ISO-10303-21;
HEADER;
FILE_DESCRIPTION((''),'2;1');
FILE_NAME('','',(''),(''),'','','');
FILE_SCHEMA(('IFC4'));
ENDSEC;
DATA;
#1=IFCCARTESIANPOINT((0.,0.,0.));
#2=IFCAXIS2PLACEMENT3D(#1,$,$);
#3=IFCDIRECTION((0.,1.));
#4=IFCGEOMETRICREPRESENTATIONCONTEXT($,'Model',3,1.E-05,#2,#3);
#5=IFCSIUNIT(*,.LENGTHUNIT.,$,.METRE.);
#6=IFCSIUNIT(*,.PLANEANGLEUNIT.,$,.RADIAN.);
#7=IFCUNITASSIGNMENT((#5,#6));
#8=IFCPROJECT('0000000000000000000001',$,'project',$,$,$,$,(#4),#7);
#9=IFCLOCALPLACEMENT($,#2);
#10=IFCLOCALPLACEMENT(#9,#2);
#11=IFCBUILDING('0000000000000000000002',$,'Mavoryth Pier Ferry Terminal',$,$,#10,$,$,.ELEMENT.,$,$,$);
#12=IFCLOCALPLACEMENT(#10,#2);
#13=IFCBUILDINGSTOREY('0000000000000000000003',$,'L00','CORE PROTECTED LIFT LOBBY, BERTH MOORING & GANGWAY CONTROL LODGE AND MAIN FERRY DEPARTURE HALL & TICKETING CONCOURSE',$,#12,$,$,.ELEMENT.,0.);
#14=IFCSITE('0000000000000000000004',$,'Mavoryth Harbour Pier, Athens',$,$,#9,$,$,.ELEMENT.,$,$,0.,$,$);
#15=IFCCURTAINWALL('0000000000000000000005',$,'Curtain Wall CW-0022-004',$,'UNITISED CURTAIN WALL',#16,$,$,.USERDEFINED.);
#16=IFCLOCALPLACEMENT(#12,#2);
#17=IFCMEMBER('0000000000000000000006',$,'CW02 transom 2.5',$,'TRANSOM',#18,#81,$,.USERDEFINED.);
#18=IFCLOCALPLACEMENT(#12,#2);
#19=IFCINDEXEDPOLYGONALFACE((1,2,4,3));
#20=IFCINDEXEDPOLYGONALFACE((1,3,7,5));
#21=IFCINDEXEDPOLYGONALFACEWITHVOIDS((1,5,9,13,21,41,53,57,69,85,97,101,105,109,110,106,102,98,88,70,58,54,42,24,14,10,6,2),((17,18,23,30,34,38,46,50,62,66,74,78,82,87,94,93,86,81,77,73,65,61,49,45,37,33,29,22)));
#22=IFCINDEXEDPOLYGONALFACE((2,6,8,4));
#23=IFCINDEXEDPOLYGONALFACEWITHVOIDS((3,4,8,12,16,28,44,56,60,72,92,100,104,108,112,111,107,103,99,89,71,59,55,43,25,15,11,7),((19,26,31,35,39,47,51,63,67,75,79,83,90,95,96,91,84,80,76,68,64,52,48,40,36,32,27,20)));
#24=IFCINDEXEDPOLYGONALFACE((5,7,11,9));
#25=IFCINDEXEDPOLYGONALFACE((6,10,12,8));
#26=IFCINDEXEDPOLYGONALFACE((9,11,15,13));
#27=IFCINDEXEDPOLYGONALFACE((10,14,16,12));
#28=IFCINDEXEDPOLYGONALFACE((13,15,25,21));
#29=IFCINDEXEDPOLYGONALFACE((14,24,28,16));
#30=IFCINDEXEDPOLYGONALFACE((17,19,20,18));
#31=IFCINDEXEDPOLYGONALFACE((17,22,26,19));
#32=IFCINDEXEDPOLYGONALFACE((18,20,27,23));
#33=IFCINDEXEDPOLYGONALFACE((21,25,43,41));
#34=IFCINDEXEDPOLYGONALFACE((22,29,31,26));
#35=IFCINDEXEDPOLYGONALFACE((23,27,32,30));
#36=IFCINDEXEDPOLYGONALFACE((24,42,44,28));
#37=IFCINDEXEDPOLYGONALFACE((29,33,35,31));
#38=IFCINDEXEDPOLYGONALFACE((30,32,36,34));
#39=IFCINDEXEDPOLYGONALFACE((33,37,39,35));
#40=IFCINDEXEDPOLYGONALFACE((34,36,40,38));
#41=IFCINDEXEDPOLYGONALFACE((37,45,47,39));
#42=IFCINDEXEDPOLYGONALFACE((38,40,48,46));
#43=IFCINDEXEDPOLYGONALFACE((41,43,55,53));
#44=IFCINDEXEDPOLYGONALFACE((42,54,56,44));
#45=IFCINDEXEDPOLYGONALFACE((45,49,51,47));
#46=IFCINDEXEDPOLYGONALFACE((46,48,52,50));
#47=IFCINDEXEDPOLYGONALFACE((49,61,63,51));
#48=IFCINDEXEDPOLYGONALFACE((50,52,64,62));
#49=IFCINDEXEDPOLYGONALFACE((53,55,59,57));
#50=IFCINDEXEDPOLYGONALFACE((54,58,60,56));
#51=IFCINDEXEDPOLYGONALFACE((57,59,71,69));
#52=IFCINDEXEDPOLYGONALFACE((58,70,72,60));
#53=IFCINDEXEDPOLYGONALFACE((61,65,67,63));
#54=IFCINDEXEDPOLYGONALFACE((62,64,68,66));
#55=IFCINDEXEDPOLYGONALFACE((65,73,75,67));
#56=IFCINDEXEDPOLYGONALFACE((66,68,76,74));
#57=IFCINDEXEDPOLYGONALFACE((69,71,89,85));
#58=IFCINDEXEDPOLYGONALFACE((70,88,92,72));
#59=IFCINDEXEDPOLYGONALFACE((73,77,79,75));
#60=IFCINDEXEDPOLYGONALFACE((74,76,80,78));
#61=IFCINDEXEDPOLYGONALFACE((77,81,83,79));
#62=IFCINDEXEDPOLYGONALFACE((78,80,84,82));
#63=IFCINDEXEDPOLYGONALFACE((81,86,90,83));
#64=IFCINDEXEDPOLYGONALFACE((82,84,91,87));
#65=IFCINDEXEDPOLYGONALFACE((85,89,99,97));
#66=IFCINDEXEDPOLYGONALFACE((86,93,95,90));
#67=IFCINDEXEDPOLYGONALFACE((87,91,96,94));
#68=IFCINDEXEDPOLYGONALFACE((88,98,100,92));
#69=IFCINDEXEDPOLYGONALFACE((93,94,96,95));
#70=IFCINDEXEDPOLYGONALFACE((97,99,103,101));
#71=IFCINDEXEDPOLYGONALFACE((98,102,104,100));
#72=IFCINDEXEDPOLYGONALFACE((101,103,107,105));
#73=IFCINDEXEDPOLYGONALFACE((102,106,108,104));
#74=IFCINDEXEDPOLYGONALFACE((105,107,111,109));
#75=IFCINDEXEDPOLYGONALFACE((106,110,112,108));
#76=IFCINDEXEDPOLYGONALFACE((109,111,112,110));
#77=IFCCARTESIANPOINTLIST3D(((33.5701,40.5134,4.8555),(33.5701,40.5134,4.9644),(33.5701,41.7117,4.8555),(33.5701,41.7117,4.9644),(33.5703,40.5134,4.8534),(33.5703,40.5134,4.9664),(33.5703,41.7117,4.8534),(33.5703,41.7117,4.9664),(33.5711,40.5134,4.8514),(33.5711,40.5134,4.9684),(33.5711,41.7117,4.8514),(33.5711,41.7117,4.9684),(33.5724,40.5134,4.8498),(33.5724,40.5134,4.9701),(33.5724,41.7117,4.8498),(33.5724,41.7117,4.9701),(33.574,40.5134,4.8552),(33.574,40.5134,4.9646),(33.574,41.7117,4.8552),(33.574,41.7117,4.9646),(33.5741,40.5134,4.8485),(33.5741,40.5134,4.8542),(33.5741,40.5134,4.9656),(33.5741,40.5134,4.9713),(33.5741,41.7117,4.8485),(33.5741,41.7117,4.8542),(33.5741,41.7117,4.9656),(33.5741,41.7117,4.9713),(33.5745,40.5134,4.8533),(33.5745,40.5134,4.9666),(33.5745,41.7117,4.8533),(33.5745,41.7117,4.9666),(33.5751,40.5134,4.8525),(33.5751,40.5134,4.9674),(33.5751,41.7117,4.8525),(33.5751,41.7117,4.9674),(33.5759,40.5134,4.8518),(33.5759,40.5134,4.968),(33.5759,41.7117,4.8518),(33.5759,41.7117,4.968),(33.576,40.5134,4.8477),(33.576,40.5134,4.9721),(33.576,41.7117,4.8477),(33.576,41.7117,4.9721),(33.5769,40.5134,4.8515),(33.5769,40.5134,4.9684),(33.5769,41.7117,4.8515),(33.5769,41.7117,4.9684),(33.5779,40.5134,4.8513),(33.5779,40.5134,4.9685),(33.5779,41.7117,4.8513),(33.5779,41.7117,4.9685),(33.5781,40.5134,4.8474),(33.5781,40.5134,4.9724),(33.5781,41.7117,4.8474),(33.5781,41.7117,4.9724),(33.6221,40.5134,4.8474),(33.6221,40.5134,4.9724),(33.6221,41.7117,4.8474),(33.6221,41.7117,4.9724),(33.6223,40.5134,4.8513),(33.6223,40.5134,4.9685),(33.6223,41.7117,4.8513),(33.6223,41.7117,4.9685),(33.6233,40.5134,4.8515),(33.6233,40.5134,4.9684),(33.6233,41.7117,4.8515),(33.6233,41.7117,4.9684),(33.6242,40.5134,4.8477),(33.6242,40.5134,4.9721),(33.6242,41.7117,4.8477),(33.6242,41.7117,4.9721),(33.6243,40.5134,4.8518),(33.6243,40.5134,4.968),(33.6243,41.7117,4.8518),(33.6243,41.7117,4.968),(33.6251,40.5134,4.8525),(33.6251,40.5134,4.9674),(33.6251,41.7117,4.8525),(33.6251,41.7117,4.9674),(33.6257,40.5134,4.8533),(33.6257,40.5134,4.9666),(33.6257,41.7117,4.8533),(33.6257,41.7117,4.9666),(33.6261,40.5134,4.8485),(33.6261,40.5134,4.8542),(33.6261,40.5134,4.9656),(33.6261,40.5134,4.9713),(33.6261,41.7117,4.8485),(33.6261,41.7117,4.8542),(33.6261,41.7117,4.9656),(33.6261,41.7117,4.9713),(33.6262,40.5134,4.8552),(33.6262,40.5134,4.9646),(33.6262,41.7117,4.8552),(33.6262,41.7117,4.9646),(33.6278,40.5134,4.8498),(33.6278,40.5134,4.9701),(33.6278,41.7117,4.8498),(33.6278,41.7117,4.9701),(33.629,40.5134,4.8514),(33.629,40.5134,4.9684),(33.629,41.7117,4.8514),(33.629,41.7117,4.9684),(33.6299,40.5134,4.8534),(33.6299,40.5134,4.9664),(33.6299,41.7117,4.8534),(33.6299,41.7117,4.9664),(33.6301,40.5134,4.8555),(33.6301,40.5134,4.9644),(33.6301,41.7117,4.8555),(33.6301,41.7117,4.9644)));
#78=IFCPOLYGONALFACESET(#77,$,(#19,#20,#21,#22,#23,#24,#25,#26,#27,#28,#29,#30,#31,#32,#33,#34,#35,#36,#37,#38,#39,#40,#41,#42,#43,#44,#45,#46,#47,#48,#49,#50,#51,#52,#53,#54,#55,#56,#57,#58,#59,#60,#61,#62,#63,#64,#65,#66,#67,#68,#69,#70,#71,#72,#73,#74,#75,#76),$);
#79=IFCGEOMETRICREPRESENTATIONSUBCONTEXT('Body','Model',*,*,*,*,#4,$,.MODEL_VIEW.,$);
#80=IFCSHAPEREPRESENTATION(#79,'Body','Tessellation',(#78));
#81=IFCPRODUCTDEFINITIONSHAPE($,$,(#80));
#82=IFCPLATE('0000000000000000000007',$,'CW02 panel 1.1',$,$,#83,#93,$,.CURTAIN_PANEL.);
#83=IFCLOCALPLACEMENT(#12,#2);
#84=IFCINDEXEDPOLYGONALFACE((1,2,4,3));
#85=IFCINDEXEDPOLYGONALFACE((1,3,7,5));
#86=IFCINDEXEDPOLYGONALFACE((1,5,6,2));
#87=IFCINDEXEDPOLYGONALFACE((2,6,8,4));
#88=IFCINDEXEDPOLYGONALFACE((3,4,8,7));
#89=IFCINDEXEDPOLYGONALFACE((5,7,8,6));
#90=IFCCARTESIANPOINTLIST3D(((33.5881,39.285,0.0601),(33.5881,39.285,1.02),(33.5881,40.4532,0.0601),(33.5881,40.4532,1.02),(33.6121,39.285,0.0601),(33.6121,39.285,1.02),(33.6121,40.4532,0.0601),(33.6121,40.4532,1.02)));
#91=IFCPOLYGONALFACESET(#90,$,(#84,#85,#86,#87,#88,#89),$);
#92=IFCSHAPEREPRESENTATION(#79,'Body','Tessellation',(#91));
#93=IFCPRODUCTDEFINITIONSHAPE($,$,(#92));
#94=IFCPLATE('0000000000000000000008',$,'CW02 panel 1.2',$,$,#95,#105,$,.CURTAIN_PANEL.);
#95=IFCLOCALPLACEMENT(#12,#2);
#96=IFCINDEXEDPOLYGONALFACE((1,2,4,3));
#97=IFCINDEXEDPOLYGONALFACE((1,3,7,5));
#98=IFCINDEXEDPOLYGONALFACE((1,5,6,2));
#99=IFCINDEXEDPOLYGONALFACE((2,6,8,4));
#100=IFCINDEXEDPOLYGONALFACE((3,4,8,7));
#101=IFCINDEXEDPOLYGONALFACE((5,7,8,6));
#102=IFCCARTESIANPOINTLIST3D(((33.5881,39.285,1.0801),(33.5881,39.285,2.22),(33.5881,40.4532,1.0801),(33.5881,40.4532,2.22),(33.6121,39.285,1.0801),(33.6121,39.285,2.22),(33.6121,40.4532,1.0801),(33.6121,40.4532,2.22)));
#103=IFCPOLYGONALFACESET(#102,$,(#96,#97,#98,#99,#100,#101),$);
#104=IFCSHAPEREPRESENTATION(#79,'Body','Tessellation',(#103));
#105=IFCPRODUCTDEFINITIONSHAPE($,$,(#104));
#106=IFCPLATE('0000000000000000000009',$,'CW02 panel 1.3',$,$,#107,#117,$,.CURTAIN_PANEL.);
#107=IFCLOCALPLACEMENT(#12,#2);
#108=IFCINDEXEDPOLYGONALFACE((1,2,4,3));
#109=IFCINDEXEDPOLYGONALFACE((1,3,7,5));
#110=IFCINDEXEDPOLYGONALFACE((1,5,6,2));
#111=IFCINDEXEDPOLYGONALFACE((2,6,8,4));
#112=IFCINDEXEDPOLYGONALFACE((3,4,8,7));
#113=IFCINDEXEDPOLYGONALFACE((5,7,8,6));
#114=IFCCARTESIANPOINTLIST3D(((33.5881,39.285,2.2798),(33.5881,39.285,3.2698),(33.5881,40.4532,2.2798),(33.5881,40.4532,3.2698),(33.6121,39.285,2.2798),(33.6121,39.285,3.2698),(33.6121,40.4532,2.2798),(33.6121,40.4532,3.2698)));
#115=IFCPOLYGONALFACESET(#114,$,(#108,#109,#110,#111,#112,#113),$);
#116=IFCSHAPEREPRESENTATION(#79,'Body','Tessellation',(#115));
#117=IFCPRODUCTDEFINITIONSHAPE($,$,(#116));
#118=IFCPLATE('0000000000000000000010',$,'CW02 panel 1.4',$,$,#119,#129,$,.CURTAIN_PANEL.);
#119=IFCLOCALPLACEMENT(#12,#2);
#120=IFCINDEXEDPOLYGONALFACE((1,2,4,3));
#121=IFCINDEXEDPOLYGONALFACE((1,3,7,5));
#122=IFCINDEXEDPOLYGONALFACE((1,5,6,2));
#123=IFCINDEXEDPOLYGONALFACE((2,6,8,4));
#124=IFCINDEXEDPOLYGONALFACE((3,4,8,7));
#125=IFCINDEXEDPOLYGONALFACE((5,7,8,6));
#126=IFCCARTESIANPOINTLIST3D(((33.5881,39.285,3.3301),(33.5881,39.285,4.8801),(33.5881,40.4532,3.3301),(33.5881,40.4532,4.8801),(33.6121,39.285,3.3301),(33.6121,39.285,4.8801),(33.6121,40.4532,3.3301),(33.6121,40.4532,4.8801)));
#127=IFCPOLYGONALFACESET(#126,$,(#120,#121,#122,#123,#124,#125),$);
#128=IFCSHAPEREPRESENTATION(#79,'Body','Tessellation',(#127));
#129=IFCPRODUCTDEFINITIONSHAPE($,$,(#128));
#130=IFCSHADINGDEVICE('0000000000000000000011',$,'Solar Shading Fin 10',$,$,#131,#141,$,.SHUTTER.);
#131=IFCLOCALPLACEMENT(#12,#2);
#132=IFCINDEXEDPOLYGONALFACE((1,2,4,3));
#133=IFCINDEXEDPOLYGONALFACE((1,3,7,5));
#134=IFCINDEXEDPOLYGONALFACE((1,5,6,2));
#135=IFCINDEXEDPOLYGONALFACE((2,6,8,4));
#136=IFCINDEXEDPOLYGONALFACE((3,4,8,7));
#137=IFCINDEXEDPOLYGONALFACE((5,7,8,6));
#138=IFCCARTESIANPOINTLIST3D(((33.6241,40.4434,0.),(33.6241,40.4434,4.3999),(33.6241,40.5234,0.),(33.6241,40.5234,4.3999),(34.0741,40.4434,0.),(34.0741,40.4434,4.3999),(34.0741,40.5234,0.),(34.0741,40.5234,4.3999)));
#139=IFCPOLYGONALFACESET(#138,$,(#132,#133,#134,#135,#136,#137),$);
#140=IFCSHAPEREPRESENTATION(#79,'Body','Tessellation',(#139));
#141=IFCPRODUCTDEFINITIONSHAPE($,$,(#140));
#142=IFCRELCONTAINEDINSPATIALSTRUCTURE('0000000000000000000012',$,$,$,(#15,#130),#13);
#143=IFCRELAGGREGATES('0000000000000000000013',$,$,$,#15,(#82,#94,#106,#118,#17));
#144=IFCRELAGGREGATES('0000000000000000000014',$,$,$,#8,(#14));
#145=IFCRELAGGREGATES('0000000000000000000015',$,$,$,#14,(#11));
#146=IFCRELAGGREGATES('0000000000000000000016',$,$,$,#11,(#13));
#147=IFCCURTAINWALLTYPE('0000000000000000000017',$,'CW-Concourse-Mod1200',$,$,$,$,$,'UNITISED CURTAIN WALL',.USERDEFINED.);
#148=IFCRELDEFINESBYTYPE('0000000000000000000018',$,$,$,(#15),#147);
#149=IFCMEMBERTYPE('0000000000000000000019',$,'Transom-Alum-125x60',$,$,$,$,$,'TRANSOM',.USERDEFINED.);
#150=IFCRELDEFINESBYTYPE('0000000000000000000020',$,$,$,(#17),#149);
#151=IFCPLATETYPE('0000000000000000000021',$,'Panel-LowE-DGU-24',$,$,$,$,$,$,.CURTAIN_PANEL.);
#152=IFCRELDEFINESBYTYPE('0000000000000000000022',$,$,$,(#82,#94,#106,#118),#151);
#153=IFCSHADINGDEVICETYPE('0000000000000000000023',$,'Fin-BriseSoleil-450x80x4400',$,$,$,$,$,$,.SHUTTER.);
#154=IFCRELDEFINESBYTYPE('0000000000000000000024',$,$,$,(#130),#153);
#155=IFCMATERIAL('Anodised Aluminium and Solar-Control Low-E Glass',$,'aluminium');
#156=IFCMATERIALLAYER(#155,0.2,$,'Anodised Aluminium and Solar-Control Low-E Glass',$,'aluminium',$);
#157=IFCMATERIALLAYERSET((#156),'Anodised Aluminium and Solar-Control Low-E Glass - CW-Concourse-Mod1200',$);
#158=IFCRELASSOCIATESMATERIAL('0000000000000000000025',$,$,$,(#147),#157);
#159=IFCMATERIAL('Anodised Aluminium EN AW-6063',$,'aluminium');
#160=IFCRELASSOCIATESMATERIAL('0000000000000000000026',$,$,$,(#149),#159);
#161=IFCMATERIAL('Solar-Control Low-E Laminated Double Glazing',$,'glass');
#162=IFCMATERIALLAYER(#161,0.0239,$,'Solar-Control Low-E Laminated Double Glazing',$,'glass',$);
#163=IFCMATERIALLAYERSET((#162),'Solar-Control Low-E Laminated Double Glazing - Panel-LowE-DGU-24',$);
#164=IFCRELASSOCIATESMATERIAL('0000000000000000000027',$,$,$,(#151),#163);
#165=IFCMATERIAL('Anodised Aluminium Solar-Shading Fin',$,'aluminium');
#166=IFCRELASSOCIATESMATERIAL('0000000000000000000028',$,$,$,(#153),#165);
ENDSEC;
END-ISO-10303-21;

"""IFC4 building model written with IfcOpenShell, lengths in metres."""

from ifc_helpers import new_model, si_unit, direction, frame, origin, origin_2d, place, context, subcontext, project, spatial, rectangle, hollow_rectangle, extrude, material, layer, layer_set, material_profile, profile_set, type_object, element, aggregate, save


model = new_model("IFC4")

# Units and contexts
model_context = context("Model", 3, precision=1e-05, world=origin(), true_north=direction((0.0, 1.0)))
body_context = subcontext(model_context, "Body", "Model", "MODEL_VIEW")
ifc_project = project(units=[si_unit("LENGTHUNIT", "METRE"), si_unit("PLANEANGLEUNIT", "RADIAN")], contexts=[model_context])

# Site, building, storey
site_placement = place(None, origin())
site = spatial("IfcSite", under=ifc_project, at=site_placement, Name="Mavoryth Harbour Pier, Athens", CompositionType="ELEMENT", RefElevation=0.0)
building_placement = place(site_placement, origin())
building = spatial("IfcBuilding", under=site, at=building_placement, Name="Mavoryth Pier Ferry Terminal", CompositionType="ELEMENT")
storey_placement = place(building_placement, origin())
storey = spatial("IfcBuildingStorey", under=building, at=storey_placement, Name="L00", Description="CORE PROTECTED LIFT LOBBY, BERTH MOORING & GANGWAY CONTROL LODGE AND MAIN FERRY DEPARTURE HALL & TICKETING CONCOURSE", CompositionType="ELEMENT", Elevation=0.0)

# Curtain wall, member, plates
ifc_material_1 = material(Name="Anodised Aluminium and Solar-Control Low-E Glass", Category="aluminium")
ifc_layer_1 = layer(ifc_material_1, 0.2, Name="Anodised Aluminium and Solar-Control Low-E Glass", Category="aluminium")
ifc_layer_set_1 = layer_set([ifc_layer_1], Name="Anodised Aluminium and Solar-Control Low-E Glass - CW-Concourse-Mod1200")
curtain_wall_type = type_object("IfcCurtainWallType", Name="CW-Concourse-Mod1200", ElementType="UNITISED CURTAIN WALL", PredefinedType="USERDEFINED", material=ifc_layer_set_1)
curtain_wall_placement = place(storey_placement, origin())
curtain_wall = element("IfcCurtainWall", 1, at=curtain_wall_placement, inside=storey, type_object=curtain_wall_type, Name="Curtain Wall CW-0022-004", ObjectType="UNITISED CURTAIN WALL", PredefinedType="USERDEFINED")
ifc_material_2 = material(Name="Anodised Aluminium EN AW-6063", Category="aluminium")
ifc_material_profile_1 = material_profile(ifc_material_2, hollow_rectangle(XDim=0.0601, YDim=0.125, WallThickness=0.0039, InnerFilletRadius=0.0039, OuterFilletRadius=0.0081, at=origin_2d()), Name="AL-TRAN 125x60x4", Category="aluminium")
ifc_profile_set_1 = profile_set([ifc_material_profile_1], Name="Anodised Aluminium EN AW-6063 - AL-TRAN 125x60x4")
member_type_1 = type_object("IfcMemberType", Name="Transom-Alum-125x60", ElementType="TRANSOM", PredefinedType="USERDEFINED", material=ifc_profile_set_1)
member_1_placement = place(storey_placement, frame((33.6001, 40.5134, 4.9099), z_axis=(0.0, 1.0, 0.0), x_axis=(-1.0, 0.0, 0.0)))
member_1 = element("IfcMember", 2, at=member_1_placement, type_object=member_type_1, Name="CW02 transom 2.5", ObjectType="TRANSOM", PredefinedType="USERDEFINED", context=body_context, shape_type="SweptSolid", body=[
    extrude(hollow_rectangle(XDim=0.0601, YDim=0.125, WallThickness=0.0039, InnerFilletRadius=0.0039, OuterFilletRadius=0.0081, at=origin_2d()), origin(), (0.0, 0.0, 1.0), 1.1982),
])
ifc_material_3 = material(Name="Solar-Control Low-E Laminated Double Glazing", Category="glass")
ifc_layer_2 = layer(ifc_material_3, 0.0239, Name="Solar-Control Low-E Laminated Double Glazing", Category="glass")
ifc_layer_set_2 = layer_set([ifc_layer_2], Name="Solar-Control Low-E Laminated Double Glazing - Panel-LowE-DGU-24")
plate_type = type_object("IfcPlateType", Name="Panel-LowE-DGU-24", PredefinedType="CURTAIN_PANEL", material=ifc_layer_set_2)
plate_1_placement = place(storey_placement, frame((33.6001, 39.8691, 0.0601), z_axis=(0.0, 0.0, 1.0), x_axis=(0.0, 1.0, 0.0)))
plate_1 = element("IfcPlate", 3, at=plate_1_placement, type_object=plate_type, Name="CW02 panel 1.1", PredefinedType="CURTAIN_PANEL", context=body_context, shape_type="SweptSolid", body=[
    extrude(rectangle(XDim=1.1682, YDim=0.0239, at=origin_2d()), origin(), (0.0, 0.0, 1.0), 0.96),
])
plate_2_placement = place(storey_placement, frame((33.6001, 39.8691, 1.0801), z_axis=(0.0, 0.0, 1.0), x_axis=(0.0, 1.0, 0.0)))
plate_2 = element("IfcPlate", 4, at=plate_2_placement, type_object=plate_type, Name="CW02 panel 1.2", PredefinedType="CURTAIN_PANEL", context=body_context, shape_type="SweptSolid", body=[
    extrude(rectangle(XDim=1.1682, YDim=0.0239, at=origin_2d()), origin(), (0.0, 0.0, 1.0), 1.1399),
])
plate_3_placement = place(storey_placement, frame((33.6001, 39.8691, 2.2798), z_axis=(0.0, 0.0, 1.0), x_axis=(0.0, 1.0, 0.0)))
plate_3 = element("IfcPlate", 5, at=plate_3_placement, type_object=plate_type, Name="CW02 panel 1.3", PredefinedType="CURTAIN_PANEL", context=body_context, shape_type="SweptSolid", body=[
    extrude(rectangle(XDim=1.1682, YDim=0.0239, at=origin_2d()), origin(), (0.0, 0.0, 1.0), 0.99),
])
plate_4_placement = place(storey_placement, frame((33.6001, 39.8691, 3.3301), z_axis=(0.0, 0.0, 1.0), x_axis=(0.0, 1.0, 0.0)))
plate_4 = element("IfcPlate", 6, at=plate_4_placement, type_object=plate_type, Name="CW02 panel 1.4", PredefinedType="CURTAIN_PANEL", context=body_context, shape_type="SweptSolid", body=[
    extrude(rectangle(XDim=1.1682, YDim=0.0239, at=origin_2d()), origin(), (0.0, 0.0, 1.0), 1.55),
])
aggregate(curtain_wall, [plate_1, plate_2, plate_3, plate_4, member_1])

# Shading device
ifc_material_4 = material(Name="Anodised Aluminium Solar-Shading Fin", Category="aluminium")
shading_device_type = type_object("IfcShadingDeviceType", Name="Fin-BriseSoleil-450x80x4400", PredefinedType="SHUTTER", material=ifc_material_4)
shading_device_placement = place(storey_placement, frame((33.8491, 40.4834, 0.0), z_axis=(0.0, 0.0, 1.0), x_axis=(0.0, 1.0, 0.0)))
element("IfcShadingDevice", 7, at=shading_device_placement, inside=storey, type_object=shading_device_type, Name="Solar Shading Fin 10", PredefinedType="SHUTTER", context=body_context, shape_type="SweptSolid", body=[
    extrude(rectangle(XDim=0.0801, YDim=0.45, at=origin_2d()), origin(), (0.0, 0.0, 1.0), 4.3999),
])

save(model, "model.ifc")
